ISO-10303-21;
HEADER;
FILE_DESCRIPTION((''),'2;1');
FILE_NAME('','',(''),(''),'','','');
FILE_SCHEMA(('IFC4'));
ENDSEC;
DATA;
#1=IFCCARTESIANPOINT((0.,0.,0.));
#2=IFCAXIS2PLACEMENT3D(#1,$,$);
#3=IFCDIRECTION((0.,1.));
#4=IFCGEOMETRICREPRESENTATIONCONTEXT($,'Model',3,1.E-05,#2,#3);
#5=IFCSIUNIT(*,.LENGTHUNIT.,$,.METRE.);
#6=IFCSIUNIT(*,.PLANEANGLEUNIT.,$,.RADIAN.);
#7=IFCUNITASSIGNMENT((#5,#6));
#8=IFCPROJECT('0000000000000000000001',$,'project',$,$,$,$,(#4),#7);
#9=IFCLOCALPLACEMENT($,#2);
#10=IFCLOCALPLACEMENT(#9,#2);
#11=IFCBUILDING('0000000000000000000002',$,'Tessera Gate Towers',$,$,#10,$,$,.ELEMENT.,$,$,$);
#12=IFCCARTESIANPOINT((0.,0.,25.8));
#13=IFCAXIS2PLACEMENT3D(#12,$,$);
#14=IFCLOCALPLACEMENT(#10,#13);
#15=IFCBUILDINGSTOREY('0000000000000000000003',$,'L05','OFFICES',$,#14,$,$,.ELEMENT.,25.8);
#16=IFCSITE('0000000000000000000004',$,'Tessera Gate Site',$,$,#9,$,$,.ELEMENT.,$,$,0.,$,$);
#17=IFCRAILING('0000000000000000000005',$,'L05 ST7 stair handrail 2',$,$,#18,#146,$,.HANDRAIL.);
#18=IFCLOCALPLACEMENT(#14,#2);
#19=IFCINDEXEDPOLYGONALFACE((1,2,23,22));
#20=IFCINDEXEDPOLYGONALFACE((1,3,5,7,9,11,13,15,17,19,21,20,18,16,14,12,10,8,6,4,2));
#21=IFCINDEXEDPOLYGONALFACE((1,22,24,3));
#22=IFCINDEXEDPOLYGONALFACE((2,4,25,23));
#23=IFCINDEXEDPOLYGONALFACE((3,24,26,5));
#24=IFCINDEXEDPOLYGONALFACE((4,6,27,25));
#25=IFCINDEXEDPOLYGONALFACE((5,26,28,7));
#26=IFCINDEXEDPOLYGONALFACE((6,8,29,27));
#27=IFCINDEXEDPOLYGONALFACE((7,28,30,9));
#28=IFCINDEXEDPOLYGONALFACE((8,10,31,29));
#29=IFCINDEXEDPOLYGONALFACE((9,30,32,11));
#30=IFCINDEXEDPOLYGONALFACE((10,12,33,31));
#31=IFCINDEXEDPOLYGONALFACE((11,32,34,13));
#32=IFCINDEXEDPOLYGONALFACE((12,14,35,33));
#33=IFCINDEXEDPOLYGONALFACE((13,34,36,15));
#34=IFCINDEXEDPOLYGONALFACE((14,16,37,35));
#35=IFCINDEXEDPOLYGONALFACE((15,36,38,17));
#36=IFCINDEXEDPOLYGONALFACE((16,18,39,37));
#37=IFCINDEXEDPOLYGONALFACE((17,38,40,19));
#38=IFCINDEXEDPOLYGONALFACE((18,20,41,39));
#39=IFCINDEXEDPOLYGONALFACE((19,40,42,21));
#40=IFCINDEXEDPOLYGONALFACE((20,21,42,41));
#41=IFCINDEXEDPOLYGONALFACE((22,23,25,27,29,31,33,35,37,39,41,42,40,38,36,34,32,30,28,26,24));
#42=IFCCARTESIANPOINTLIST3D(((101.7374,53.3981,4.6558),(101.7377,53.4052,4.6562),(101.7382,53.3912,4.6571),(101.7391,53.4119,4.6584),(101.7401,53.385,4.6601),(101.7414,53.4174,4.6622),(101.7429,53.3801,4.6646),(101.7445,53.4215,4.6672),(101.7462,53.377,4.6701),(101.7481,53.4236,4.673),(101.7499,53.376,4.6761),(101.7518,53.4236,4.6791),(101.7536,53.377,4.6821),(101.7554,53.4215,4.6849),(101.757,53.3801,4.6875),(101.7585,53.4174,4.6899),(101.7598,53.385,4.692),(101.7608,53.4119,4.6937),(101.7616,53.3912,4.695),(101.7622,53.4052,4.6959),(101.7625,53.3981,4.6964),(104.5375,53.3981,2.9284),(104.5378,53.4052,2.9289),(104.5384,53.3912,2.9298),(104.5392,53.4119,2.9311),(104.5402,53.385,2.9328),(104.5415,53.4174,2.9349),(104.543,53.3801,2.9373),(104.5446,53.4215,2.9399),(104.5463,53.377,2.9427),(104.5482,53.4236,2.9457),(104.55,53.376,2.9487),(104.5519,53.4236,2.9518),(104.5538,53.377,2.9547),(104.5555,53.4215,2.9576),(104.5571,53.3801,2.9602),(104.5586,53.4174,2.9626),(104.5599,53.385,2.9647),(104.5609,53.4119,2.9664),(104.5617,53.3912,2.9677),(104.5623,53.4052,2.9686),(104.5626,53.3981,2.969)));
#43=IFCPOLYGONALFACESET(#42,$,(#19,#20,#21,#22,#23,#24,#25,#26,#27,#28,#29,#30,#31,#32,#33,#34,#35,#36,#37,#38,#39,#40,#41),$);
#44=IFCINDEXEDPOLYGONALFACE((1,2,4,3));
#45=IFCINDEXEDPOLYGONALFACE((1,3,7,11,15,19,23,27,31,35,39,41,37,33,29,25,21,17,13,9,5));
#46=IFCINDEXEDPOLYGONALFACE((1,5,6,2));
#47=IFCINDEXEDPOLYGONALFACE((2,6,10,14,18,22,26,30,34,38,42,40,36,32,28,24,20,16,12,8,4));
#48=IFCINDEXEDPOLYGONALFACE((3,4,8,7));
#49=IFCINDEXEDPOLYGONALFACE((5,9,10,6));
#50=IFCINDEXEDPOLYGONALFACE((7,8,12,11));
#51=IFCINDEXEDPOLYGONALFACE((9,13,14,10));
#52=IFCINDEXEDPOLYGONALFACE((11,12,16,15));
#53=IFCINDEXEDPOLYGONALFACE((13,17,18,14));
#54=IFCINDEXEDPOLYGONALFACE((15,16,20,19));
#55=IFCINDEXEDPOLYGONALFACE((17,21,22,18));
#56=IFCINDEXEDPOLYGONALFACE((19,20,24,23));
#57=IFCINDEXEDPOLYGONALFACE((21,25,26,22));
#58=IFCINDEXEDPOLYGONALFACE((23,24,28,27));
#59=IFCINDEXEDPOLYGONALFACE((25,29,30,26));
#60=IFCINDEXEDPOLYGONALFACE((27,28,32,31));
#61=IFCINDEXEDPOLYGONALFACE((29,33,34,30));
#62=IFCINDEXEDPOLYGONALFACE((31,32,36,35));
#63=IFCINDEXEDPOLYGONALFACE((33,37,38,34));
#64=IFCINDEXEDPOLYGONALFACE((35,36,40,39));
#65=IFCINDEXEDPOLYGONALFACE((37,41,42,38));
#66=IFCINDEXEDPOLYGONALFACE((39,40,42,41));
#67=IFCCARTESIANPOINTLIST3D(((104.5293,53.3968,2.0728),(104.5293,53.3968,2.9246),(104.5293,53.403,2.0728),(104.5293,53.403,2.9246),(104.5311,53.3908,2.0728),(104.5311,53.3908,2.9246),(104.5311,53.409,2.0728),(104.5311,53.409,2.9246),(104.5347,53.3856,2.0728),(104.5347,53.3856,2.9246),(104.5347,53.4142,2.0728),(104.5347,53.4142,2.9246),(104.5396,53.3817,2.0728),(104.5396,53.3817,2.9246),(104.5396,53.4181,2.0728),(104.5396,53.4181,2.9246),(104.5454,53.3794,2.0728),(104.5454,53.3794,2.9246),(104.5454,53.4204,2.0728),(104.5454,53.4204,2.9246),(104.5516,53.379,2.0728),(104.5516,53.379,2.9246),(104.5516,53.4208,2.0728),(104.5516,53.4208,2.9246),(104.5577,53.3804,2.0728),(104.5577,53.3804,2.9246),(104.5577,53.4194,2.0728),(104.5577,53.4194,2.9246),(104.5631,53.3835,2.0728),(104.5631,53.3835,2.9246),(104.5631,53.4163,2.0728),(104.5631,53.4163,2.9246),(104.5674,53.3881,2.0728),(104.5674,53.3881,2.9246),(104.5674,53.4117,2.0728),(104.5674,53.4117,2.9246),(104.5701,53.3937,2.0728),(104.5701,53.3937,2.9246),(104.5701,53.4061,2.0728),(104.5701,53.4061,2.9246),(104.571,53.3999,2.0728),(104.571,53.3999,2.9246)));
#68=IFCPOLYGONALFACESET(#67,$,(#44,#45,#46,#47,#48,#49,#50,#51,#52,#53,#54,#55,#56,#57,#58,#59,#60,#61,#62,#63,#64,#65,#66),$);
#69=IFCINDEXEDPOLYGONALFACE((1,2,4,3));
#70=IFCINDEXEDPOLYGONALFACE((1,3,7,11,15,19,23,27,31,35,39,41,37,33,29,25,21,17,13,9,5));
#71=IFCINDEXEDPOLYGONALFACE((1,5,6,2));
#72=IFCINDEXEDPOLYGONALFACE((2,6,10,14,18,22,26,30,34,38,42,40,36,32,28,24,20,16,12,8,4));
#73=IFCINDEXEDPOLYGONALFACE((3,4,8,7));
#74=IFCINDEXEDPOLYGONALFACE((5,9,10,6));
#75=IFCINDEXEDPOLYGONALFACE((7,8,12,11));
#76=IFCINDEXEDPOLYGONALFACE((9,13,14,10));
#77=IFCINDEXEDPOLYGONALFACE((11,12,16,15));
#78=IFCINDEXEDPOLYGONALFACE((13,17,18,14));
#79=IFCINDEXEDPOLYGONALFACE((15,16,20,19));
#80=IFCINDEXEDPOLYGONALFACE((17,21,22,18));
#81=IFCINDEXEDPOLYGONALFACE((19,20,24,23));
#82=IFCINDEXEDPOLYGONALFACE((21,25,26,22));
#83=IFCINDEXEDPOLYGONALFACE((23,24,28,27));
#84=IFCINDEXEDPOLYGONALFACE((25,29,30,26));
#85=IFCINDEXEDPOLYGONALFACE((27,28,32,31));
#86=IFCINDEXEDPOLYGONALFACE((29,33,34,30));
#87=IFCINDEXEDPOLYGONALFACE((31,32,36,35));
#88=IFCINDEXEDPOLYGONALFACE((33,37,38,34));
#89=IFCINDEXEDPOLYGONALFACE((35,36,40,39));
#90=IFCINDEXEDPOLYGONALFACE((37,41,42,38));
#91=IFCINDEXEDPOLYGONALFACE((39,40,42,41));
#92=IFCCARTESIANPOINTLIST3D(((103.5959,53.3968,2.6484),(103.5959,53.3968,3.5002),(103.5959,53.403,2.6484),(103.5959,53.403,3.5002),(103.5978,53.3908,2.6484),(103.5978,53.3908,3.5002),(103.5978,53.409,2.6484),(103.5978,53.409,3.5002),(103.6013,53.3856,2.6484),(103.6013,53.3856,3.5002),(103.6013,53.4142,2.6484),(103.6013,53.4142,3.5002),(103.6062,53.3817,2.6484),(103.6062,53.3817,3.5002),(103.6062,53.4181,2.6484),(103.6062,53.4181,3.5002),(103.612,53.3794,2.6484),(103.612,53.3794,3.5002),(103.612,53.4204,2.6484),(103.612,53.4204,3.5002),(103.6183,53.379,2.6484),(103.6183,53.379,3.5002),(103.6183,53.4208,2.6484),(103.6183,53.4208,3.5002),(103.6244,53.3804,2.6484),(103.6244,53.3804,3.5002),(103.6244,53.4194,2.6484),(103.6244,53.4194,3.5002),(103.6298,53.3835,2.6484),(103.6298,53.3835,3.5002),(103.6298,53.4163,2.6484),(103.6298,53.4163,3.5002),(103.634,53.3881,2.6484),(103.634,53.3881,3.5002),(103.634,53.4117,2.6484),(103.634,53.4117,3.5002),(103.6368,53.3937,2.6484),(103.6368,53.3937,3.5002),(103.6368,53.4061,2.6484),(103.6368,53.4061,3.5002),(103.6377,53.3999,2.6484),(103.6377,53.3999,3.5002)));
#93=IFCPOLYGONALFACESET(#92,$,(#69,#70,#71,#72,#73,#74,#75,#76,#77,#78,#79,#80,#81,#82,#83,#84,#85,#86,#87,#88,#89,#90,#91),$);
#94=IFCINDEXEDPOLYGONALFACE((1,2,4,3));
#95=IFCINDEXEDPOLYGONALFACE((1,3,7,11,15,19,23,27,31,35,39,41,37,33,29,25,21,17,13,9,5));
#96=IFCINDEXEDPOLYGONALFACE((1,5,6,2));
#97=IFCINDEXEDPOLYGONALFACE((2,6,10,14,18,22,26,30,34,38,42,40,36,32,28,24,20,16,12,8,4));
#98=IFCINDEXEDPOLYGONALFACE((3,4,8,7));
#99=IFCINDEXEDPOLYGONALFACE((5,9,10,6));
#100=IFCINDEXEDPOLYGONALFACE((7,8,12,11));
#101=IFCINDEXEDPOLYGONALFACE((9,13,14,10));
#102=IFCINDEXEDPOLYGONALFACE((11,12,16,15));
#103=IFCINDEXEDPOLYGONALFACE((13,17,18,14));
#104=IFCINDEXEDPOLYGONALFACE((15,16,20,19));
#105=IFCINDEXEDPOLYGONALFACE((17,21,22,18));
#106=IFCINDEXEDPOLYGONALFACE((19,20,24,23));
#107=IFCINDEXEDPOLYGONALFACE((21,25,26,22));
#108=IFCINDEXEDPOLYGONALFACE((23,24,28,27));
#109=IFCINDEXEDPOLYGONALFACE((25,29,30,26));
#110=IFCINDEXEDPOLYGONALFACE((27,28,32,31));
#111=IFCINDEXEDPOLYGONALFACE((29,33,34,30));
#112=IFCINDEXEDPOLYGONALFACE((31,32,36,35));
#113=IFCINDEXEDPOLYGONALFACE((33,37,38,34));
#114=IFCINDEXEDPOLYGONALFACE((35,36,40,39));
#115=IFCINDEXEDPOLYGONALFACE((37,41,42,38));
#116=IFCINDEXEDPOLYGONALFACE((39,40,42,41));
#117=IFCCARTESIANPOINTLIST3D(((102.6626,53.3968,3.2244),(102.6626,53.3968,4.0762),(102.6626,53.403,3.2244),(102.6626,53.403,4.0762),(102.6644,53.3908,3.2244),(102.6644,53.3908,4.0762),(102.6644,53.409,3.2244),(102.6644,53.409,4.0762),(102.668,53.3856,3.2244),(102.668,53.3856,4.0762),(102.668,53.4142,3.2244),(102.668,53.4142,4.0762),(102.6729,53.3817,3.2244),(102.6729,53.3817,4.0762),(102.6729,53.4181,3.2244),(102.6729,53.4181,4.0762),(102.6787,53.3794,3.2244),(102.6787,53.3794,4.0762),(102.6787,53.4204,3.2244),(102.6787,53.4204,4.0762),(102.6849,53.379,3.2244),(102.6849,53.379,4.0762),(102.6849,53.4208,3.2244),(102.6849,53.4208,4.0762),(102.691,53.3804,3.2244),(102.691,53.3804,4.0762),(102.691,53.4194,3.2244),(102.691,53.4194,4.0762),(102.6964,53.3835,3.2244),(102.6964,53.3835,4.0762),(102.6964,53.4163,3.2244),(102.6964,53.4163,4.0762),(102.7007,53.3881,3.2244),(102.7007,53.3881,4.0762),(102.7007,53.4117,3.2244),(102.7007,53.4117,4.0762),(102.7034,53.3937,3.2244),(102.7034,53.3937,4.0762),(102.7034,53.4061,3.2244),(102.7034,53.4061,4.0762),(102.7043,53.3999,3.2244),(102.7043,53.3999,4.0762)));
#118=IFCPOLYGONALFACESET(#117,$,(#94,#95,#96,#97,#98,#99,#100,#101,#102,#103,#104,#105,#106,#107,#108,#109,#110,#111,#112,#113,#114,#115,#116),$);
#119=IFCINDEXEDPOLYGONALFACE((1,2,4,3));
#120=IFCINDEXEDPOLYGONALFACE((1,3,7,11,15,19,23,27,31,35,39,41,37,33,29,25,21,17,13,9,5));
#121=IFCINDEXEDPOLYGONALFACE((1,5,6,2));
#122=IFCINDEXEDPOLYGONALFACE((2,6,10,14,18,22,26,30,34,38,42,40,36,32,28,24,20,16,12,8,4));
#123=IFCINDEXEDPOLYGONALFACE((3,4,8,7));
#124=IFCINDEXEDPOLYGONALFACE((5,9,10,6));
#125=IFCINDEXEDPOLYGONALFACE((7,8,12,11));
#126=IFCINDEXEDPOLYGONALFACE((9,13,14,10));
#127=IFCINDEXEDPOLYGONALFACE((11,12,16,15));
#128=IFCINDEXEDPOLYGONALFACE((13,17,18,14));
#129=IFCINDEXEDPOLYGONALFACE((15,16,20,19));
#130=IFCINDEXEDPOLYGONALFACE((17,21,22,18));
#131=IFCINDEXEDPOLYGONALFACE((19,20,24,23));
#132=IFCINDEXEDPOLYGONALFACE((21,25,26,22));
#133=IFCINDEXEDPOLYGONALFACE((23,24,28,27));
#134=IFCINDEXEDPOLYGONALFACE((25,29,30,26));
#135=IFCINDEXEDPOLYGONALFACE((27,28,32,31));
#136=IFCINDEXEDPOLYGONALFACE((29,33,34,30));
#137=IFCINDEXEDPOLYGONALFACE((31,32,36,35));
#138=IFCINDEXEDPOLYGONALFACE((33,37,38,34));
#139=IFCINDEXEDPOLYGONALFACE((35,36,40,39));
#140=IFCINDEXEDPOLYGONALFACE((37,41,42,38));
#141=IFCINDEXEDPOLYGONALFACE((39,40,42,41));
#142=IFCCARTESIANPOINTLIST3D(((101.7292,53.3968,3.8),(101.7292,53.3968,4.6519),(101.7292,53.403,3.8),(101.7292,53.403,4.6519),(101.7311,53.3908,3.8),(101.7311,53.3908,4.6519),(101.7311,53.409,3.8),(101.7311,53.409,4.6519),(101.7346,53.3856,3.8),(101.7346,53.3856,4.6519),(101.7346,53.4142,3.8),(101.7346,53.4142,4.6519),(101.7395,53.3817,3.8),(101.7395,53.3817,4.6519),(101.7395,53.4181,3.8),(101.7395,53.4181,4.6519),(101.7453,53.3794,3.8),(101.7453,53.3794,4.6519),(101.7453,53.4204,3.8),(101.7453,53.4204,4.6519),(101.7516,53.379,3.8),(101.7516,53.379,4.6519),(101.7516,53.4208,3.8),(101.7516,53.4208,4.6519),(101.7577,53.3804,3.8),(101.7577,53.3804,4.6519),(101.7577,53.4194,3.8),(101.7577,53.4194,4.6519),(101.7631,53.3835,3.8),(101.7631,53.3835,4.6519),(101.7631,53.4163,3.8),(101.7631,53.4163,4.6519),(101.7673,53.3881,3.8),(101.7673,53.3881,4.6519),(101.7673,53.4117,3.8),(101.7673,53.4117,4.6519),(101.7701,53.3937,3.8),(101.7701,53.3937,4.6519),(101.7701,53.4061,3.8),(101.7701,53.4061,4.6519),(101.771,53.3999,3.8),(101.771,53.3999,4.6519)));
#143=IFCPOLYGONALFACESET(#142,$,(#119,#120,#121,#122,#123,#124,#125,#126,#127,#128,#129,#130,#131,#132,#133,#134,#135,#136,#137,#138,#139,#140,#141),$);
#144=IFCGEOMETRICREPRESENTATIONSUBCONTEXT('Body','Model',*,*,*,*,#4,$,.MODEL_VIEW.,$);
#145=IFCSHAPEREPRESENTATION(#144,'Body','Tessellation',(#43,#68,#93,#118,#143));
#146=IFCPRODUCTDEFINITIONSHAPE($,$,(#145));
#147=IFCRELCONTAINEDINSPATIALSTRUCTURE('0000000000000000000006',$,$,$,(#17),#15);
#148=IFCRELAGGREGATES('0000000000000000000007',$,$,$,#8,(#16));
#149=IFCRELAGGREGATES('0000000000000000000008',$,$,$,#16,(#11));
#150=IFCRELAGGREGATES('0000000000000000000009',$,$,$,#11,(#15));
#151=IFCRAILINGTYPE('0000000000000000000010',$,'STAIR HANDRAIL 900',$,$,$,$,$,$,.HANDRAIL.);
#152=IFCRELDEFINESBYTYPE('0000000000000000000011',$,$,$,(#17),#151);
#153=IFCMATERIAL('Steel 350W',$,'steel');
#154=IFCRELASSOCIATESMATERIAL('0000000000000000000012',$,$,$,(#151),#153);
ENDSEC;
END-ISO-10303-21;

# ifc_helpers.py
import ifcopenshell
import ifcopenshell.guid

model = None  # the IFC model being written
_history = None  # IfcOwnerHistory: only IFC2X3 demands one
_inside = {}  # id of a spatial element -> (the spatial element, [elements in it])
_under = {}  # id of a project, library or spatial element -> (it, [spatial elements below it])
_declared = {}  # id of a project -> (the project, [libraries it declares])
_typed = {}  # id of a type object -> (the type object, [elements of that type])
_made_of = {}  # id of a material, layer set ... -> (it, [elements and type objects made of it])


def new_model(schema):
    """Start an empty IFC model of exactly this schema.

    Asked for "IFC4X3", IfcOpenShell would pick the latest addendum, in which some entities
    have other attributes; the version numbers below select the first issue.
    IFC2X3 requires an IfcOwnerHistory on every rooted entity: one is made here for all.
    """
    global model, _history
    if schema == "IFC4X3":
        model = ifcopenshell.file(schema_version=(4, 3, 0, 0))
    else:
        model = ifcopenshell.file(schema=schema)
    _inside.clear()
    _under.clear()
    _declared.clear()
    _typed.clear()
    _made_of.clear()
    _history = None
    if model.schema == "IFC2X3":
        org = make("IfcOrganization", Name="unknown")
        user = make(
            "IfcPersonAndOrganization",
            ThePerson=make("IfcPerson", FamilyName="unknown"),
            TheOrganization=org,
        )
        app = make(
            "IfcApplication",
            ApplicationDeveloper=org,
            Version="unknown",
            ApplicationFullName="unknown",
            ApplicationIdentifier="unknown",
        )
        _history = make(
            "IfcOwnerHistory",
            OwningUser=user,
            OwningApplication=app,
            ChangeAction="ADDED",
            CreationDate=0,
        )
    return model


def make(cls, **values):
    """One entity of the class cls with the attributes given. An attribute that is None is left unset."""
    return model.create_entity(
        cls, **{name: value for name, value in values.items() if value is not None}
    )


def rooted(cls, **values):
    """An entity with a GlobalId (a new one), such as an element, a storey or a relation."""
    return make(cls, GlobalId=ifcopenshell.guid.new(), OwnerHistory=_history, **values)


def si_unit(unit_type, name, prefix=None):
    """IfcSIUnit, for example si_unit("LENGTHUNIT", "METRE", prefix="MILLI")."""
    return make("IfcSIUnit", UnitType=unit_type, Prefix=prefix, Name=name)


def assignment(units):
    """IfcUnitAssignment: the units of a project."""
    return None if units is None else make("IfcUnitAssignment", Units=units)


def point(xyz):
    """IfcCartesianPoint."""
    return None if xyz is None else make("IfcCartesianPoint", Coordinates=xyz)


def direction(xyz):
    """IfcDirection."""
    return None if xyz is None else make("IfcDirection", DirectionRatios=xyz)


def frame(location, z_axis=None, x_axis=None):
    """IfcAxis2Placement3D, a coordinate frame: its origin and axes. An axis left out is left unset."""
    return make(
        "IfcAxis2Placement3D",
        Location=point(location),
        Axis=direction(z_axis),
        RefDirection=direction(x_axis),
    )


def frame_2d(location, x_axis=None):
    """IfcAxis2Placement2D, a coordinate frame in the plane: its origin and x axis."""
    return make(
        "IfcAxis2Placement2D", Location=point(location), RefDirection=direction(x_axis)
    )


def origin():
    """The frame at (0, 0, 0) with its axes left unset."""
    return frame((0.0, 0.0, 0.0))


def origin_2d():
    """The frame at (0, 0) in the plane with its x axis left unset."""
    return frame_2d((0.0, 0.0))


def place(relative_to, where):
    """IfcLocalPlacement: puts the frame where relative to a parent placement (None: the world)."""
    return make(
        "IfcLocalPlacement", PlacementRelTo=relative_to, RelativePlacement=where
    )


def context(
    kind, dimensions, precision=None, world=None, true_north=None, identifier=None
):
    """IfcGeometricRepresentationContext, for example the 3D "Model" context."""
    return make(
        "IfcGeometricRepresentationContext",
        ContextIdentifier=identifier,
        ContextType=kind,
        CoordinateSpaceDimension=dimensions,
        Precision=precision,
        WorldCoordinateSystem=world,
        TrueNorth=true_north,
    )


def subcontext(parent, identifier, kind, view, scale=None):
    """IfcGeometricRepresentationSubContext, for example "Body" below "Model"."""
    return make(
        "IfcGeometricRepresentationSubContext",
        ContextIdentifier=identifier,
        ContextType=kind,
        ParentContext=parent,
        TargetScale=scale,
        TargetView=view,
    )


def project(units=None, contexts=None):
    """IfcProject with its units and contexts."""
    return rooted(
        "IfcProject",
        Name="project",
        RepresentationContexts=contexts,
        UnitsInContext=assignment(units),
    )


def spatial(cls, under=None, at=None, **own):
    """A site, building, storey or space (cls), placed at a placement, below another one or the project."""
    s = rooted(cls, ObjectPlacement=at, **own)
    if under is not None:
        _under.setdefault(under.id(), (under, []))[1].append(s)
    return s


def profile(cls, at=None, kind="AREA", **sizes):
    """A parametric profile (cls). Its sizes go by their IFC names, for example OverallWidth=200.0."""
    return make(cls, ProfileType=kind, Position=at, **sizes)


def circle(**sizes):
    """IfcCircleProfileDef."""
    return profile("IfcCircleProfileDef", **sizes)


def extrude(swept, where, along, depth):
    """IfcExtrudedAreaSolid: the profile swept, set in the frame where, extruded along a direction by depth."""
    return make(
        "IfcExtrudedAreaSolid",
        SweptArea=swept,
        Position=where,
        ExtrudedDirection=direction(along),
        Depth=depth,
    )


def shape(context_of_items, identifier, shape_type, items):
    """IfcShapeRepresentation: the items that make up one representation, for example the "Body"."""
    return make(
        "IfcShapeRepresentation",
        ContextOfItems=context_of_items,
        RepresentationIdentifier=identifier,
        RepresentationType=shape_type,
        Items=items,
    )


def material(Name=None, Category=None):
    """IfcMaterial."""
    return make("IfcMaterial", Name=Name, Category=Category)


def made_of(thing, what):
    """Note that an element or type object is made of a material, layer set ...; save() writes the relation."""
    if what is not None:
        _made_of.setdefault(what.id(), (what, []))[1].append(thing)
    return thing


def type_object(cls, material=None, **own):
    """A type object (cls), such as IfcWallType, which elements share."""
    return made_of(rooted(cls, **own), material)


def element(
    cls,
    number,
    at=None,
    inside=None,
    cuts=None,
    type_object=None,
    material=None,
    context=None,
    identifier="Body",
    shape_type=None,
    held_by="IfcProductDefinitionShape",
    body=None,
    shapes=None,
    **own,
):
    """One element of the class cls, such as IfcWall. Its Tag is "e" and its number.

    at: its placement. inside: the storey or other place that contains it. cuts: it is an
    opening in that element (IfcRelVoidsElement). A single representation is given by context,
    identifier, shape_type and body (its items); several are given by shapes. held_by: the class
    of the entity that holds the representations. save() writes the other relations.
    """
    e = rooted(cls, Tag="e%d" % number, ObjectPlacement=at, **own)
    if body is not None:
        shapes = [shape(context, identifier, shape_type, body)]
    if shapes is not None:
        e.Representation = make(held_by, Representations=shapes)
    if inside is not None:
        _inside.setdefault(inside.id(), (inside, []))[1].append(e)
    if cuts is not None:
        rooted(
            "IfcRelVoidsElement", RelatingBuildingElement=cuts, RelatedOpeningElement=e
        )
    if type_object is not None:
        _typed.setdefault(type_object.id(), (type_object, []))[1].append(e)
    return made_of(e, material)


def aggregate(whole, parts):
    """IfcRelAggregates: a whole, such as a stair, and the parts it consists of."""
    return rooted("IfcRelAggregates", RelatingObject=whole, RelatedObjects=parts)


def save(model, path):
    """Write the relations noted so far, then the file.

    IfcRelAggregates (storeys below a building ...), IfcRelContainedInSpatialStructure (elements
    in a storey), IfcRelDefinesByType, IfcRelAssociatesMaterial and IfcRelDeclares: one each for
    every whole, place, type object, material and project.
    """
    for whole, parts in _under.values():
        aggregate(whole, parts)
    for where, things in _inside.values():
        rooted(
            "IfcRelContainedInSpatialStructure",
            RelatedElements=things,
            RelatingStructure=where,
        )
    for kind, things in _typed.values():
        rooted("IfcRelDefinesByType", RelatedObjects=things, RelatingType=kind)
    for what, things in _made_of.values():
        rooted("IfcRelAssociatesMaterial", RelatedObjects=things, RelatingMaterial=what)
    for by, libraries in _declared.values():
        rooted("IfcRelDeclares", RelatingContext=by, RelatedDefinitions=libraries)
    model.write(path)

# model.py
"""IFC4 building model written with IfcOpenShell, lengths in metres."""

from ifc_helpers import new_model, si_unit, direction, frame, origin, origin_2d, place, context, subcontext, project, spatial, circle, extrude, material, type_object, element, save


model = new_model("IFC4")

# Units and contexts
model_context = context("Model", 3, precision=1e-05, world=origin(), true_north=direction((0.0, 1.0)))
body_context = subcontext(model_context, "Body", "Model", "MODEL_VIEW")
ifc_project = project(units=[si_unit("LENGTHUNIT", "METRE"), si_unit("PLANEANGLEUNIT", "RADIAN")], contexts=[model_context])

# Site, building, storey
site_placement = place(None, origin())
site = spatial("IfcSite", under=ifc_project, at=site_placement, Name="Tessera Gate Site", CompositionType="ELEMENT", RefElevation=0.0)
building_placement = place(site_placement, origin())
building = spatial("IfcBuilding", under=site, at=building_placement, Name="Tessera Gate Towers", CompositionType="ELEMENT")
storey_placement = place(building_placement, frame((0.0, 0.0, 25.8)))
storey = spatial("IfcBuildingStorey", under=building, at=storey_placement, Name="L05", Description="OFFICES", CompositionType="ELEMENT", Elevation=25.8)

# Railing
ifc_material_1 = material(Name="Steel 350W", Category="steel")
railing_type_1 = type_object("IfcRailingType", Name="STAIR HANDRAIL 900", PredefinedType="HANDRAIL", material=ifc_material_1)
railing_1_placement = place(storey_placement, frame((104.55, 53.3999, 2.0728)))
element("IfcRailing", 1, at=railing_1_placement, inside=storey, type_object=railing_type_1, Name="L05 ST7 stair handrail 2", PredefinedType="HANDRAIL", context=body_context, shape_type="SweptSolid", body=[
    extrude(circle(Radius=0.0239, at=origin_2d()), frame((0.0, 0.0, 0.876), z_axis=(-0.85109, 0.0, 0.52502), x_axis=(0.0, -1.0, 0.0)), (0.0, 0.0, 1.0), 3.29),
    extrude(circle(Radius=0.021, at=origin_2d()), origin(), (0.0, 0.0, 1.0), 0.8518),
    extrude(circle(Radius=0.021, at=origin_2d()), frame((-0.9333, 0.0, 0.5757)), (0.0, 0.0, 1.0), 0.8518),
    extrude(circle(Radius=0.021, at=origin_2d()), frame((-1.8667, 0.0, 1.1516)), (0.0, 0.0, 1.0), 0.8518),
    extrude(circle(Radius=0.021, at=origin_2d()), frame((-2.8, 0.0, 1.7273)), (0.0, 0.0, 1.0), 0.8518),
])

save(model, "model.ifc")
